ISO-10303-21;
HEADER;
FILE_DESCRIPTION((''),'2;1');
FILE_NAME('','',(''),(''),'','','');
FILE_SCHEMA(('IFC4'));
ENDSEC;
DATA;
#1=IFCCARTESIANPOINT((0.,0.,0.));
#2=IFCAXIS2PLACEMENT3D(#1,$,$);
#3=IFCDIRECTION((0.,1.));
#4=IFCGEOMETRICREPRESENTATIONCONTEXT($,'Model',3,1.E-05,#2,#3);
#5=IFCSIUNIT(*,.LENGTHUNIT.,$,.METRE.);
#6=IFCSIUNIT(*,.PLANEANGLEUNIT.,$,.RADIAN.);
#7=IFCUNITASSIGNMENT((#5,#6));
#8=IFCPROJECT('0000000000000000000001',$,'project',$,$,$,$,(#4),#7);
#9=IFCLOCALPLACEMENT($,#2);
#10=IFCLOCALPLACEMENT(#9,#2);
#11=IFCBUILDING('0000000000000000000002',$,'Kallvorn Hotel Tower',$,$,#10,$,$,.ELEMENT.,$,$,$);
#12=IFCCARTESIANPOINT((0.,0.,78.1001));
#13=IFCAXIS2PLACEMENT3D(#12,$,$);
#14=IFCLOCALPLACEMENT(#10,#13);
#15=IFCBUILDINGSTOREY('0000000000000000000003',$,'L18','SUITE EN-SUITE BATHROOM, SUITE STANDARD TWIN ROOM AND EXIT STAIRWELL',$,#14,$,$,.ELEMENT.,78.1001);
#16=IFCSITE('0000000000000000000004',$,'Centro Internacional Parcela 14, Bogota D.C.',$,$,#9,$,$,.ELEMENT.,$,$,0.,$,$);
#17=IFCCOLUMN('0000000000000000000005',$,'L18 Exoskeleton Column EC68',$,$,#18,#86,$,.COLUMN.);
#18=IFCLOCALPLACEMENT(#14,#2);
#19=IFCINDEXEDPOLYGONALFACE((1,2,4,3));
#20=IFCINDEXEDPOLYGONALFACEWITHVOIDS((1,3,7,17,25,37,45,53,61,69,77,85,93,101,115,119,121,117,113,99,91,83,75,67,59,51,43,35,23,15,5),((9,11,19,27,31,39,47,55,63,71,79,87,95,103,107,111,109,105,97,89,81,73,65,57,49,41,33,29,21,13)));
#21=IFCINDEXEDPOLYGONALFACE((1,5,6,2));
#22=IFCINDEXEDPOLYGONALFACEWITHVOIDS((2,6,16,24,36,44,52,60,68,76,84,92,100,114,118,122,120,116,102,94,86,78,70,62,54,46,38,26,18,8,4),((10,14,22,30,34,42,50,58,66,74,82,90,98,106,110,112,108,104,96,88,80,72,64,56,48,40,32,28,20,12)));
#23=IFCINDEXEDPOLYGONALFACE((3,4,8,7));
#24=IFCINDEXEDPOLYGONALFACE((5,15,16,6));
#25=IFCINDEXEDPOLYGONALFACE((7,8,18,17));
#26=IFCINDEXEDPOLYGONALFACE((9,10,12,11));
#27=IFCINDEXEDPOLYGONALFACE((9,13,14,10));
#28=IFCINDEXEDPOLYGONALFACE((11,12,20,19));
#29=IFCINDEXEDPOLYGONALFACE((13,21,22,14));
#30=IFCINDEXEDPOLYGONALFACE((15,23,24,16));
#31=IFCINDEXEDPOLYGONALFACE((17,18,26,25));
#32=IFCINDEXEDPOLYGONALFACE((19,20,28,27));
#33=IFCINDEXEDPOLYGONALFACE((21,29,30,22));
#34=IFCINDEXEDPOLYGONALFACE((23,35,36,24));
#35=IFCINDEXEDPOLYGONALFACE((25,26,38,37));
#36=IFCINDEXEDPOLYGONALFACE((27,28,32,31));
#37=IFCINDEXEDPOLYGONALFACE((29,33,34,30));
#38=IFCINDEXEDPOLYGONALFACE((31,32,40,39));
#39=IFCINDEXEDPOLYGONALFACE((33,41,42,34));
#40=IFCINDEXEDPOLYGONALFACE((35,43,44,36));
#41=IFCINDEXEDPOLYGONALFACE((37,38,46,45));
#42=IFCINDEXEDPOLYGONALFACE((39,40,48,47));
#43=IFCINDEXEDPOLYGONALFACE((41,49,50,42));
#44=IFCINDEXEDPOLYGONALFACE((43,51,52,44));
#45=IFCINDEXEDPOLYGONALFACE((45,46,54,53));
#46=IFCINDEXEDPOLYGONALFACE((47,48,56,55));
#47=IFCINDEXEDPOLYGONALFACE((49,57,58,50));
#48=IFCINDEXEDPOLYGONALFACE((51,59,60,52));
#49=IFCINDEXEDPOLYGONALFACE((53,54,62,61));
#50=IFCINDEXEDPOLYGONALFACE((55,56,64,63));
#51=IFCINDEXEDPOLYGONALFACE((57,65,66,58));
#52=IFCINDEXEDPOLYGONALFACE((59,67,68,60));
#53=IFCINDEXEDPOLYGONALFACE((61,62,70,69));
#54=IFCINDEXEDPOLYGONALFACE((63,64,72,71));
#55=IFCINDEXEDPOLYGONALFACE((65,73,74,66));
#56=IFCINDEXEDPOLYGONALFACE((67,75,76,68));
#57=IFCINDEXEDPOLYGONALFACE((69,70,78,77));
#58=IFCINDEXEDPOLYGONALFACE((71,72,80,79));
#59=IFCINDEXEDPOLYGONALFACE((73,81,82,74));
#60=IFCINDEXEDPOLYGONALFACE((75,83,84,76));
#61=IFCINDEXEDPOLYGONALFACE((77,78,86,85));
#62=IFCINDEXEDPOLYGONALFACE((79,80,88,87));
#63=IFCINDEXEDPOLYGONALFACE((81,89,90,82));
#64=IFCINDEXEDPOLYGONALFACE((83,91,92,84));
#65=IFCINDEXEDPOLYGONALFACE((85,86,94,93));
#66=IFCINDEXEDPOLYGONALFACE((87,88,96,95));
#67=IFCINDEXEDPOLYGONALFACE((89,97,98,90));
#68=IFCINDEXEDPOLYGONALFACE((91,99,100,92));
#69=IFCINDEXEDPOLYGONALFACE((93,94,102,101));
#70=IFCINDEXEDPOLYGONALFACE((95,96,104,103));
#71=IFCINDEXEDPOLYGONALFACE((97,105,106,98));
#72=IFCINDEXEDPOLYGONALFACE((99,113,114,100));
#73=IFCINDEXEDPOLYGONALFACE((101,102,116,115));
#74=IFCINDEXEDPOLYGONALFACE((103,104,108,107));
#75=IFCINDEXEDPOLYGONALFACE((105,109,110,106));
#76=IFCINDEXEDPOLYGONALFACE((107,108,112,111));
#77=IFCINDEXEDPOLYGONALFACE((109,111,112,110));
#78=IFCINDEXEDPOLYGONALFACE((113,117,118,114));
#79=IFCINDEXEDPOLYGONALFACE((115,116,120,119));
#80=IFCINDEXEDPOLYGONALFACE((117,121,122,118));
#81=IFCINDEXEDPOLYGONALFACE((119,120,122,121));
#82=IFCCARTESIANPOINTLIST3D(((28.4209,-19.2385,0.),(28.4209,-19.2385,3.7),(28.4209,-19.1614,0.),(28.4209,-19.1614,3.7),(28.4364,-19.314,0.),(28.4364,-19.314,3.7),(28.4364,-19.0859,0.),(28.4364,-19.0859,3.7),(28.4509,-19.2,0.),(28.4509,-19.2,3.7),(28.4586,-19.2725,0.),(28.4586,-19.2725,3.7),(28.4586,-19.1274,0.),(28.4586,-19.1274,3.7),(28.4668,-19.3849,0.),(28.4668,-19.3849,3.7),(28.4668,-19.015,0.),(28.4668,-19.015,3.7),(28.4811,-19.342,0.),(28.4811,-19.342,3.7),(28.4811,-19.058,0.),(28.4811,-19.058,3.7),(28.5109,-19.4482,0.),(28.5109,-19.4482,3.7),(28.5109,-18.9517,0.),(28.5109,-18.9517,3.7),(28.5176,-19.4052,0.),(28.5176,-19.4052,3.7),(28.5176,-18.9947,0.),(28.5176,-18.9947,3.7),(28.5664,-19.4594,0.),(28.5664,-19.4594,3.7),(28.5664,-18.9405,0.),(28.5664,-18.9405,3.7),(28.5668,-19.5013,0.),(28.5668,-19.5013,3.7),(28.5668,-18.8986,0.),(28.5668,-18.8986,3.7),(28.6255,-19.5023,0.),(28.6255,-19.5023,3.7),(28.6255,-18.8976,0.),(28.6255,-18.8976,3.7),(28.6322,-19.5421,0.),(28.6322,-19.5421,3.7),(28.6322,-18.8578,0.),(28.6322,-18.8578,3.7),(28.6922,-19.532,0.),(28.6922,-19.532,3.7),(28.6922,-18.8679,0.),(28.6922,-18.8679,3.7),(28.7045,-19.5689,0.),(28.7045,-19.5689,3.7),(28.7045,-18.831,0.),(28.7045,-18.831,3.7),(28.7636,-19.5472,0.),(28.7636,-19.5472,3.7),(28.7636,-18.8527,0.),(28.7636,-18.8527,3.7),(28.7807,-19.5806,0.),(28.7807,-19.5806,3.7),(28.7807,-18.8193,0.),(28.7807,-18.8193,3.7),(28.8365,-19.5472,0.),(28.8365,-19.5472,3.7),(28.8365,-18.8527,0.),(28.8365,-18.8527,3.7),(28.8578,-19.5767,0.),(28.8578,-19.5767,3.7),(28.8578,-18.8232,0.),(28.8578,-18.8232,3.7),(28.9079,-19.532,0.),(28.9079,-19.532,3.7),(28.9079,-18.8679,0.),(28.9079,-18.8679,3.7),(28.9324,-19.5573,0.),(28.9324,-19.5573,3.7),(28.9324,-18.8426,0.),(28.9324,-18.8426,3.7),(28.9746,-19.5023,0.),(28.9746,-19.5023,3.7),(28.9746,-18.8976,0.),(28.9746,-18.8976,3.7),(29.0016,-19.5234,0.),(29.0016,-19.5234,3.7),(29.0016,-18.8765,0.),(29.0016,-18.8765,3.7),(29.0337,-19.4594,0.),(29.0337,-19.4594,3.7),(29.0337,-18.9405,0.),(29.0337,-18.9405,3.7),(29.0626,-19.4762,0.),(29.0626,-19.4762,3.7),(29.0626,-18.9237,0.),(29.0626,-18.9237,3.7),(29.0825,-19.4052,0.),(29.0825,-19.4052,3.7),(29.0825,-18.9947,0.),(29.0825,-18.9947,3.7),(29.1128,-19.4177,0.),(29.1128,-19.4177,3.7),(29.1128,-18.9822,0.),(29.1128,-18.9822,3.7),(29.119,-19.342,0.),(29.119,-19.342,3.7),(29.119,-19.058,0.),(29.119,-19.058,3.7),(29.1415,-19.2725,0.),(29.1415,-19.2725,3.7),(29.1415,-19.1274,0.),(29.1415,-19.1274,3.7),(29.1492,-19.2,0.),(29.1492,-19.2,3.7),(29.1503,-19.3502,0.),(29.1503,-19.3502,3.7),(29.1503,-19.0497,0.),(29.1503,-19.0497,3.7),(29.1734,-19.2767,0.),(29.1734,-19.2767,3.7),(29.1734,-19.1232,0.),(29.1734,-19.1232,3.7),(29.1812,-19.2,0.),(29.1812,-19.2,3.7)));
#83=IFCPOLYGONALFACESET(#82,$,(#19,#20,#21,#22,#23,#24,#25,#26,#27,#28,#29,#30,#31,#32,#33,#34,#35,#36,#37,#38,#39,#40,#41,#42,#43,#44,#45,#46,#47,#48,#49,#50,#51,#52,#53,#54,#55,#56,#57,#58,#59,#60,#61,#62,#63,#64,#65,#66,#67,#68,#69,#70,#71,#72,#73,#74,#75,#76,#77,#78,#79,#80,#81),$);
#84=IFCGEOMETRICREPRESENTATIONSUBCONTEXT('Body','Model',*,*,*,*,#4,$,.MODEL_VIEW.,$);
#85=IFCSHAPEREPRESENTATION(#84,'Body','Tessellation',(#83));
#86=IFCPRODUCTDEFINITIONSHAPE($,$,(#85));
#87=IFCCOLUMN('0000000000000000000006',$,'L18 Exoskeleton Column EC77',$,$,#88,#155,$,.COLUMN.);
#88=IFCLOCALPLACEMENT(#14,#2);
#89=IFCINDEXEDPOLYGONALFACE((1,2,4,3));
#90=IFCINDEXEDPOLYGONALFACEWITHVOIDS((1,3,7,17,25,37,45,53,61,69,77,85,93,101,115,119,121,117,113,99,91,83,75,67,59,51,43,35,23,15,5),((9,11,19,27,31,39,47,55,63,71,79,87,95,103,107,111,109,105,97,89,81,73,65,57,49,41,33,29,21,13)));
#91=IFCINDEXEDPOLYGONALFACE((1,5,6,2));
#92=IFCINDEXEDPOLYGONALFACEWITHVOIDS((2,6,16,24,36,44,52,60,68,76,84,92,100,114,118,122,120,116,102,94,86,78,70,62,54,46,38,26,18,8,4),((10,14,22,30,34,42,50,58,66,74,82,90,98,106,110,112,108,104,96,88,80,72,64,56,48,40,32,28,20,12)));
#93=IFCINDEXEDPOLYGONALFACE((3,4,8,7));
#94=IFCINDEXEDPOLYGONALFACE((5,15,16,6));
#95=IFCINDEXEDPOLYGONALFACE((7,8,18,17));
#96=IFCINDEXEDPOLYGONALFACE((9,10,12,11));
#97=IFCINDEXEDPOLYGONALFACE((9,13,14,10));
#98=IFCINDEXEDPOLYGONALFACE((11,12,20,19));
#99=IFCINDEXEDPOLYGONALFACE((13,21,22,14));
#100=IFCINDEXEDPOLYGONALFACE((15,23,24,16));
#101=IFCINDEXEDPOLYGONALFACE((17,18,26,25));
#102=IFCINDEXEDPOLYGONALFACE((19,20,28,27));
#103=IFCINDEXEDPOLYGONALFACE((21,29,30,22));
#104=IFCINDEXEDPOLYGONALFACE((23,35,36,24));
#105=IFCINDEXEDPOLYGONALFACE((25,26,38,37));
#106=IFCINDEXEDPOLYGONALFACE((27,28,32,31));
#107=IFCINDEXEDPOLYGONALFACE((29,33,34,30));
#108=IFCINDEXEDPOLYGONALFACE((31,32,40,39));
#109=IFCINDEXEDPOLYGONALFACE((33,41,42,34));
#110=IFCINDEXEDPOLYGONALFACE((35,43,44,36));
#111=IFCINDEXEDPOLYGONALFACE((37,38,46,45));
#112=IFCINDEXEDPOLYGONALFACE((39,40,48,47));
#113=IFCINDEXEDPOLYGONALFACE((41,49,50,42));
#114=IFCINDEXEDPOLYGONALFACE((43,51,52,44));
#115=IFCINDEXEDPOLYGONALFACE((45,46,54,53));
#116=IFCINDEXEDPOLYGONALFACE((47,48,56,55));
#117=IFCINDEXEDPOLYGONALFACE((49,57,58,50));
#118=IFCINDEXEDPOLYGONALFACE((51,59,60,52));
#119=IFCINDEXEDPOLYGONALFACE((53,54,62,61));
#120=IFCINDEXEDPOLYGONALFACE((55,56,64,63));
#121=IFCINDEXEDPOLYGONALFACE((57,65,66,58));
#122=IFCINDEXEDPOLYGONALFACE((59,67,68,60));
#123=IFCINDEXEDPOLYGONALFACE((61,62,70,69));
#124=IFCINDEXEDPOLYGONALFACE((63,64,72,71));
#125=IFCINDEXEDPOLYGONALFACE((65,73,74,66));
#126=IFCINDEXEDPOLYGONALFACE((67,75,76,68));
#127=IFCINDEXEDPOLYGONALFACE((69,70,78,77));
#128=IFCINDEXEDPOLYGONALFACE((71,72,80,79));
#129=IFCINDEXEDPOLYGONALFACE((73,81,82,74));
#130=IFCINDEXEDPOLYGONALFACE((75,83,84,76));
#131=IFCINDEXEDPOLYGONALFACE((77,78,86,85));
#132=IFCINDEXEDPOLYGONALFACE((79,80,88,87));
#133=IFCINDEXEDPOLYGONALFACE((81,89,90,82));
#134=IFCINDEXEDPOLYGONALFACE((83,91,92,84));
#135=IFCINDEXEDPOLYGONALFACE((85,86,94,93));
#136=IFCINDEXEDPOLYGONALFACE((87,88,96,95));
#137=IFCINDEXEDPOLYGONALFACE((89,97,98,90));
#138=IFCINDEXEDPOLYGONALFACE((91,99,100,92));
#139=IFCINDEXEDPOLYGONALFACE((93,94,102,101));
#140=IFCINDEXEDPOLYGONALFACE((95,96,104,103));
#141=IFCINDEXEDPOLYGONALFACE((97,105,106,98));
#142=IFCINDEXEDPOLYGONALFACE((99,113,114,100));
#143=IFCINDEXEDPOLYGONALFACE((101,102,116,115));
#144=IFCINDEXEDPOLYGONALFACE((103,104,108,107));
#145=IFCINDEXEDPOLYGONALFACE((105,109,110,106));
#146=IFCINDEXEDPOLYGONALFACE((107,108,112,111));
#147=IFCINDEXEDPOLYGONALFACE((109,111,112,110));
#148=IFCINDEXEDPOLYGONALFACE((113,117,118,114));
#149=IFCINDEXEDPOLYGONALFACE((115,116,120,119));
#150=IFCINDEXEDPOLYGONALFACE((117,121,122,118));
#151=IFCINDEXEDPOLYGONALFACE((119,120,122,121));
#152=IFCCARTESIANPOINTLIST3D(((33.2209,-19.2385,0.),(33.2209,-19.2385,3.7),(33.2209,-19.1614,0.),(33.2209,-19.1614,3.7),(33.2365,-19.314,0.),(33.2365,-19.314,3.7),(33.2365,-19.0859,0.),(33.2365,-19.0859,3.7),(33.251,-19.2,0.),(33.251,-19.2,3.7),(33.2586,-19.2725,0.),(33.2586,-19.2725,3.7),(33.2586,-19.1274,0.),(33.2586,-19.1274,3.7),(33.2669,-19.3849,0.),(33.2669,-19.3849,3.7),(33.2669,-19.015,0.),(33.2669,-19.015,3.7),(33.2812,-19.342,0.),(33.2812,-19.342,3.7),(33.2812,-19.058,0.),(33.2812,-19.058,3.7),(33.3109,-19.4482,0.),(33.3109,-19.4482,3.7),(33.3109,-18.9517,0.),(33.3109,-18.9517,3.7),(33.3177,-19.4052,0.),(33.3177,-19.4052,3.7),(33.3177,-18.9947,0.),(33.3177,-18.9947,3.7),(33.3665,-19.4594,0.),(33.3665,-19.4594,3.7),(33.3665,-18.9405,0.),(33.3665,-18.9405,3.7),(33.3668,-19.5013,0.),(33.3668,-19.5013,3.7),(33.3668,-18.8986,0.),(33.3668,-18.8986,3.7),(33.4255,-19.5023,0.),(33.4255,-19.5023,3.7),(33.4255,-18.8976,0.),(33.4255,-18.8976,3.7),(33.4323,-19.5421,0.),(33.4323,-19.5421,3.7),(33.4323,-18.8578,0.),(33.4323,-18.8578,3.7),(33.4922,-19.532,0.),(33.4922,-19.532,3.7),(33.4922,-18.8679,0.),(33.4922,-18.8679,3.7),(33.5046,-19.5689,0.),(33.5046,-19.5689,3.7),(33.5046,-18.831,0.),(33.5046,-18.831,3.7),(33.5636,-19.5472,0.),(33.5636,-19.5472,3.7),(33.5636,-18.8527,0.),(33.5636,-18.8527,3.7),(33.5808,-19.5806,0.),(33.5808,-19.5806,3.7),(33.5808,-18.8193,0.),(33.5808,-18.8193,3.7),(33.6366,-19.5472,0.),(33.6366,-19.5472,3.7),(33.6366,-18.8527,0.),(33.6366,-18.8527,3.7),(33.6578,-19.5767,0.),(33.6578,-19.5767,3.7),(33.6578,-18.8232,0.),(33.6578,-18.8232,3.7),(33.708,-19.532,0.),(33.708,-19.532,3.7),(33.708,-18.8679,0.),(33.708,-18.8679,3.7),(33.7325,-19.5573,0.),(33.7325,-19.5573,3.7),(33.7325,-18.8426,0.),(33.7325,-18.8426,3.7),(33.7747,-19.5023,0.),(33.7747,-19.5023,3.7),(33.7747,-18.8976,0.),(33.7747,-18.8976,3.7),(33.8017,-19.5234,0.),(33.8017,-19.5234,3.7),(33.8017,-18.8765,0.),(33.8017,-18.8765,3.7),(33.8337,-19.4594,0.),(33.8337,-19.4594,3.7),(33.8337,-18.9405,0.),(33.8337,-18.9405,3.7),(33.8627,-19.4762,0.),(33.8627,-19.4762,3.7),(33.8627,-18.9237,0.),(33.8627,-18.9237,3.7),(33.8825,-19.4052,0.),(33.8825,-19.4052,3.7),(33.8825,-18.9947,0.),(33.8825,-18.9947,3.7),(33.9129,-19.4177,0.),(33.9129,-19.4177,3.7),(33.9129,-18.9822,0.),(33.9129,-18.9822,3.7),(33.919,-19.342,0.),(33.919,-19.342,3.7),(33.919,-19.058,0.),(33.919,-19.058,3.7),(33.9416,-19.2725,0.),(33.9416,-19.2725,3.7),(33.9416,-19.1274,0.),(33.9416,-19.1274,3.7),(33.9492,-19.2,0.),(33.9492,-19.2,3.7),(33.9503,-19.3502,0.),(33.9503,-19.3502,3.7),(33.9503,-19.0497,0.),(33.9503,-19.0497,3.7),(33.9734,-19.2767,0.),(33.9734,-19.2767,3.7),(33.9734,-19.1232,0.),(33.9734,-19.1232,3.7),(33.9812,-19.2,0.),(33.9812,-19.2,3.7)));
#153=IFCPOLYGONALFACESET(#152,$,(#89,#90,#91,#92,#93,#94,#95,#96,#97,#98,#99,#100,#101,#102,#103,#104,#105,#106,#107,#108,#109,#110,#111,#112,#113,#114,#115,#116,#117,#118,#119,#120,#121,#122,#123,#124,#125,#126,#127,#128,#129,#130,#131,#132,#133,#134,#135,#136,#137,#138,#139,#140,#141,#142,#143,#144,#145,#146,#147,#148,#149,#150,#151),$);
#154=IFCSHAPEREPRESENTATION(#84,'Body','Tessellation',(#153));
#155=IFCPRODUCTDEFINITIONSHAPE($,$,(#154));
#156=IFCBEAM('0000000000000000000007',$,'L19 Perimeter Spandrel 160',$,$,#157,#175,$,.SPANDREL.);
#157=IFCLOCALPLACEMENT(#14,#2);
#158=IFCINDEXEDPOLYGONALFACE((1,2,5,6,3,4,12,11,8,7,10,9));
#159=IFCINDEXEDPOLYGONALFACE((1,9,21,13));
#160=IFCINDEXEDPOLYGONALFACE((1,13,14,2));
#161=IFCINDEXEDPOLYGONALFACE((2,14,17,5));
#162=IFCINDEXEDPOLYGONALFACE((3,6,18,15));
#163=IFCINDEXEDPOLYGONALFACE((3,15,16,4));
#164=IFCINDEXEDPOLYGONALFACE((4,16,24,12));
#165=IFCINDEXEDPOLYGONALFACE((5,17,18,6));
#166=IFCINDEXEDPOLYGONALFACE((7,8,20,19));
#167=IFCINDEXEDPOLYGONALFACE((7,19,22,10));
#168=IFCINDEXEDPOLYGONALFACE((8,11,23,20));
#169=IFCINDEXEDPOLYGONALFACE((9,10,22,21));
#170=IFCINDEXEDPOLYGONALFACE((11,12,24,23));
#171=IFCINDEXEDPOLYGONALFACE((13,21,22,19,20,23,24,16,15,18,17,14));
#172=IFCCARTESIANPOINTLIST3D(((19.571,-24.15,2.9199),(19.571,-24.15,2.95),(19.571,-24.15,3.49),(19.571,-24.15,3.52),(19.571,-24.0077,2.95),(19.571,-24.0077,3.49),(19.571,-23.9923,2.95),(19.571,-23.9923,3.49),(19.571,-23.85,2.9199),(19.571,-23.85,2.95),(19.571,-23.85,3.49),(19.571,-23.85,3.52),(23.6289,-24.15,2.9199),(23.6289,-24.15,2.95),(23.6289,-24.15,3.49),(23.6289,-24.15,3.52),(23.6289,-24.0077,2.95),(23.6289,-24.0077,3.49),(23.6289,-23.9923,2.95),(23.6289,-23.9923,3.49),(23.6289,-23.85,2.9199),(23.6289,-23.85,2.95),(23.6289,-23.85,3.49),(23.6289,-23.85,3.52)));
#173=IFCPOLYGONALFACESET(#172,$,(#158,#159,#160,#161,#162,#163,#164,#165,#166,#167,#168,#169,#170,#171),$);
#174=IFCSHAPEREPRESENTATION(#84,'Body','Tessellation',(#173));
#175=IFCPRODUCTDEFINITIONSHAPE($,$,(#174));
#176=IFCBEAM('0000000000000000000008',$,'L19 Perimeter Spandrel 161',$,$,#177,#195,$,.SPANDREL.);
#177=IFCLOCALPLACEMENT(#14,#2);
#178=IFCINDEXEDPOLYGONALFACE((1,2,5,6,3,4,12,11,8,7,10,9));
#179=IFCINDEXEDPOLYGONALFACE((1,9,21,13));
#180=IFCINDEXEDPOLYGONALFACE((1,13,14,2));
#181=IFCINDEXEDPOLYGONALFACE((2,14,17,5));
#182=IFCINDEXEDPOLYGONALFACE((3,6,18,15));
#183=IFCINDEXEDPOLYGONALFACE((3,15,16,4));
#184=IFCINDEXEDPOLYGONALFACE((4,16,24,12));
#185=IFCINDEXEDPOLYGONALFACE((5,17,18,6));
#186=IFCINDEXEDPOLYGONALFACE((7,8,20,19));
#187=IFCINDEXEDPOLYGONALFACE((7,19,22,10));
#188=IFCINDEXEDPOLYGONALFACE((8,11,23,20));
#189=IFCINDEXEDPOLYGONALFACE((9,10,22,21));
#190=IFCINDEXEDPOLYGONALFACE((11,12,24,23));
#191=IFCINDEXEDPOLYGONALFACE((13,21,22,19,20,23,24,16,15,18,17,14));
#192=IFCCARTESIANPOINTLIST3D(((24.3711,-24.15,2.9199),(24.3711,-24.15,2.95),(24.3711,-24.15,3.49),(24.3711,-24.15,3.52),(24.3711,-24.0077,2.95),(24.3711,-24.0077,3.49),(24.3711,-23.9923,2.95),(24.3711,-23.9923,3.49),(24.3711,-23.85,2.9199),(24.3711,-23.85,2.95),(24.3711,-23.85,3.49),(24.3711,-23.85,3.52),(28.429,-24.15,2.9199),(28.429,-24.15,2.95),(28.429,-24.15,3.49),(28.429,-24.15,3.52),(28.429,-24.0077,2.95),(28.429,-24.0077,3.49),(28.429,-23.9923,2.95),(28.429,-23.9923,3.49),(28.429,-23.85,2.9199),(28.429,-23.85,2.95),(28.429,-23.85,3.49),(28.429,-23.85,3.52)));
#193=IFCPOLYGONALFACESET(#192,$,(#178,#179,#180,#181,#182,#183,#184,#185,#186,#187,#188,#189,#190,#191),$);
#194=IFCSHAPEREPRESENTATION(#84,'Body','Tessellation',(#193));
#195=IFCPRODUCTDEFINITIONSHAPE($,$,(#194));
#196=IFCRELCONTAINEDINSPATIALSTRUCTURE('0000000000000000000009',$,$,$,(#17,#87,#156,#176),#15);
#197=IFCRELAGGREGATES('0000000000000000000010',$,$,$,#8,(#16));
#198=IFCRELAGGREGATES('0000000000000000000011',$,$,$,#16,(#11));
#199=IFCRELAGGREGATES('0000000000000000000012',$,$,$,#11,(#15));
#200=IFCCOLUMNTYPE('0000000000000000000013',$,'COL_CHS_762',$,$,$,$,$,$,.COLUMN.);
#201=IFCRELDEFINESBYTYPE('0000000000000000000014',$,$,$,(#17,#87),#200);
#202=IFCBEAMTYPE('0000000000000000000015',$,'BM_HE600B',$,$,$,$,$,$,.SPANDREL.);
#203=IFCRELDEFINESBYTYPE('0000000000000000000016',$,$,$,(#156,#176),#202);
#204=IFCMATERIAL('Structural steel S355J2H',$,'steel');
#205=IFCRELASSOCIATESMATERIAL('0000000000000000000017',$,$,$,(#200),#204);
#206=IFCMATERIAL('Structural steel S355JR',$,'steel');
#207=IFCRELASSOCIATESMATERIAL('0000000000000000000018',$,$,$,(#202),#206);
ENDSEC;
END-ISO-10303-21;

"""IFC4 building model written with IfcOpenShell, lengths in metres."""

from ifc_helpers import new_model, si_unit, direction, frame, origin, origin_2d, place, context, subcontext, project, spatial, hollow_circle, i_section, extrude, material, material_profile, profile_set, type_object, element, save


model = new_model("IFC4")

# Units and contexts
model_context = context("Model", 3, precision=1e-05, world=origin(), true_north=direction((0.0, 1.0)))
body_context = subcontext(model_context, "Body", "Model", "MODEL_VIEW")
ifc_project = project(units=[si_unit("LENGTHUNIT", "METRE"), si_unit("PLANEANGLEUNIT", "RADIAN")], contexts=[model_context])

# Site, building, storey
site_placement = place(None, origin())
site = spatial("IfcSite", under=ifc_project, at=site_placement, Name="Centro Internacional Parcela 14, Bogota D.C.", CompositionType="ELEMENT", RefElevation=0.0)
building_placement = place(site_placement, origin())
building = spatial("IfcBuilding", under=site, at=building_placement, Name="Kallvorn Hotel Tower", CompositionType="ELEMENT")
storey_placement = place(building_placement, frame((0.0, 0.0, 78.1001)))
storey = spatial("IfcBuildingStorey", under=building, at=storey_placement, Name="L18", Description="SUITE EN-SUITE BATHROOM, SUITE STANDARD TWIN ROOM AND EXIT STAIRWELL", CompositionType="ELEMENT", Elevation=78.1001)

# Columns
ifc_material_1 = material(Name="Structural steel S355J2H", Category="steel")
ifc_material_profile_1 = material_profile(ifc_material_1, hollow_circle(Radius=0.3811, WallThickness=0.032, at=origin_2d()), Name="CHS 762x32")
ifc_profile_set_1 = profile_set([ifc_material_profile_1], Name="Structural steel S355J2H")
column_type = type_object("IfcColumnType", Name="COL_CHS_762", PredefinedType="COLUMN", material=ifc_profile_set_1)
for number, where, z_axis, x_axis, name in (
    (1, (28.8, -19.2, 0.0), (0.0, 0.0, 1.0), (1.0, 0.0, 0.0), "L18 Exoskeleton Column EC68"),
    (2, (33.6001, -19.2, 0.0), (0.0, 0.0, 1.0), (1.0, 0.0, 0.0), "L18 Exoskeleton Column EC77"),
):
    element("IfcColumn", number, at=place(storey_placement, frame(where, z_axis=z_axis, x_axis=x_axis)), inside=storey, type_object=column_type, Name=name, PredefinedType="COLUMN", context=body_context, shape_type="SweptSolid", body=[
        extrude(hollow_circle(Radius=0.3811, WallThickness=0.032, at=origin_2d()), origin(), (0.0, 0.0, 1.0), 3.7),
    ])

# Beams
ifc_material_2 = material(Name="Structural steel S355JR", Category="steel")
ifc_material_profile_2 = material_profile(ifc_material_2, i_section(OverallWidth=0.3, OverallDepth=0.6001, WebThickness=0.0154, FlangeThickness=0.03, at=origin_2d()), Name="HE 600 B")
ifc_profile_set_2 = profile_set([ifc_material_profile_2], Name="Structural steel S355JR")
beam_type_1 = type_object("IfcBeamType", Name="BM_HE600B", PredefinedType="SPANDREL", material=ifc_profile_set_2)
for number, where, z_axis, x_axis, name in (
    (3, (19.571, -24.0, 3.22), (1.0, 0.0, 0.0), (0.0, 1.0, 0.0), "L19 Perimeter Spandrel 160"),
    (4, (24.3711, -24.0, 3.22), (1.0, 0.0, 0.0), (0.0, 1.0, 0.0), "L19 Perimeter Spandrel 161"),
):
    element("IfcBeam", number, at=place(storey_placement, frame(where, z_axis=z_axis, x_axis=x_axis)), inside=storey, type_object=beam_type_1, Name=name, PredefinedType="SPANDREL", context=body_context, shape_type="SweptSolid", body=[
        extrude(i_section(OverallWidth=0.3, OverallDepth=0.6001, WebThickness=0.0154, FlangeThickness=0.03, at=origin_2d()), origin(), (0.0, 0.0, 1.0), 4.0579),
    ])

save(model, "model.ifc")
